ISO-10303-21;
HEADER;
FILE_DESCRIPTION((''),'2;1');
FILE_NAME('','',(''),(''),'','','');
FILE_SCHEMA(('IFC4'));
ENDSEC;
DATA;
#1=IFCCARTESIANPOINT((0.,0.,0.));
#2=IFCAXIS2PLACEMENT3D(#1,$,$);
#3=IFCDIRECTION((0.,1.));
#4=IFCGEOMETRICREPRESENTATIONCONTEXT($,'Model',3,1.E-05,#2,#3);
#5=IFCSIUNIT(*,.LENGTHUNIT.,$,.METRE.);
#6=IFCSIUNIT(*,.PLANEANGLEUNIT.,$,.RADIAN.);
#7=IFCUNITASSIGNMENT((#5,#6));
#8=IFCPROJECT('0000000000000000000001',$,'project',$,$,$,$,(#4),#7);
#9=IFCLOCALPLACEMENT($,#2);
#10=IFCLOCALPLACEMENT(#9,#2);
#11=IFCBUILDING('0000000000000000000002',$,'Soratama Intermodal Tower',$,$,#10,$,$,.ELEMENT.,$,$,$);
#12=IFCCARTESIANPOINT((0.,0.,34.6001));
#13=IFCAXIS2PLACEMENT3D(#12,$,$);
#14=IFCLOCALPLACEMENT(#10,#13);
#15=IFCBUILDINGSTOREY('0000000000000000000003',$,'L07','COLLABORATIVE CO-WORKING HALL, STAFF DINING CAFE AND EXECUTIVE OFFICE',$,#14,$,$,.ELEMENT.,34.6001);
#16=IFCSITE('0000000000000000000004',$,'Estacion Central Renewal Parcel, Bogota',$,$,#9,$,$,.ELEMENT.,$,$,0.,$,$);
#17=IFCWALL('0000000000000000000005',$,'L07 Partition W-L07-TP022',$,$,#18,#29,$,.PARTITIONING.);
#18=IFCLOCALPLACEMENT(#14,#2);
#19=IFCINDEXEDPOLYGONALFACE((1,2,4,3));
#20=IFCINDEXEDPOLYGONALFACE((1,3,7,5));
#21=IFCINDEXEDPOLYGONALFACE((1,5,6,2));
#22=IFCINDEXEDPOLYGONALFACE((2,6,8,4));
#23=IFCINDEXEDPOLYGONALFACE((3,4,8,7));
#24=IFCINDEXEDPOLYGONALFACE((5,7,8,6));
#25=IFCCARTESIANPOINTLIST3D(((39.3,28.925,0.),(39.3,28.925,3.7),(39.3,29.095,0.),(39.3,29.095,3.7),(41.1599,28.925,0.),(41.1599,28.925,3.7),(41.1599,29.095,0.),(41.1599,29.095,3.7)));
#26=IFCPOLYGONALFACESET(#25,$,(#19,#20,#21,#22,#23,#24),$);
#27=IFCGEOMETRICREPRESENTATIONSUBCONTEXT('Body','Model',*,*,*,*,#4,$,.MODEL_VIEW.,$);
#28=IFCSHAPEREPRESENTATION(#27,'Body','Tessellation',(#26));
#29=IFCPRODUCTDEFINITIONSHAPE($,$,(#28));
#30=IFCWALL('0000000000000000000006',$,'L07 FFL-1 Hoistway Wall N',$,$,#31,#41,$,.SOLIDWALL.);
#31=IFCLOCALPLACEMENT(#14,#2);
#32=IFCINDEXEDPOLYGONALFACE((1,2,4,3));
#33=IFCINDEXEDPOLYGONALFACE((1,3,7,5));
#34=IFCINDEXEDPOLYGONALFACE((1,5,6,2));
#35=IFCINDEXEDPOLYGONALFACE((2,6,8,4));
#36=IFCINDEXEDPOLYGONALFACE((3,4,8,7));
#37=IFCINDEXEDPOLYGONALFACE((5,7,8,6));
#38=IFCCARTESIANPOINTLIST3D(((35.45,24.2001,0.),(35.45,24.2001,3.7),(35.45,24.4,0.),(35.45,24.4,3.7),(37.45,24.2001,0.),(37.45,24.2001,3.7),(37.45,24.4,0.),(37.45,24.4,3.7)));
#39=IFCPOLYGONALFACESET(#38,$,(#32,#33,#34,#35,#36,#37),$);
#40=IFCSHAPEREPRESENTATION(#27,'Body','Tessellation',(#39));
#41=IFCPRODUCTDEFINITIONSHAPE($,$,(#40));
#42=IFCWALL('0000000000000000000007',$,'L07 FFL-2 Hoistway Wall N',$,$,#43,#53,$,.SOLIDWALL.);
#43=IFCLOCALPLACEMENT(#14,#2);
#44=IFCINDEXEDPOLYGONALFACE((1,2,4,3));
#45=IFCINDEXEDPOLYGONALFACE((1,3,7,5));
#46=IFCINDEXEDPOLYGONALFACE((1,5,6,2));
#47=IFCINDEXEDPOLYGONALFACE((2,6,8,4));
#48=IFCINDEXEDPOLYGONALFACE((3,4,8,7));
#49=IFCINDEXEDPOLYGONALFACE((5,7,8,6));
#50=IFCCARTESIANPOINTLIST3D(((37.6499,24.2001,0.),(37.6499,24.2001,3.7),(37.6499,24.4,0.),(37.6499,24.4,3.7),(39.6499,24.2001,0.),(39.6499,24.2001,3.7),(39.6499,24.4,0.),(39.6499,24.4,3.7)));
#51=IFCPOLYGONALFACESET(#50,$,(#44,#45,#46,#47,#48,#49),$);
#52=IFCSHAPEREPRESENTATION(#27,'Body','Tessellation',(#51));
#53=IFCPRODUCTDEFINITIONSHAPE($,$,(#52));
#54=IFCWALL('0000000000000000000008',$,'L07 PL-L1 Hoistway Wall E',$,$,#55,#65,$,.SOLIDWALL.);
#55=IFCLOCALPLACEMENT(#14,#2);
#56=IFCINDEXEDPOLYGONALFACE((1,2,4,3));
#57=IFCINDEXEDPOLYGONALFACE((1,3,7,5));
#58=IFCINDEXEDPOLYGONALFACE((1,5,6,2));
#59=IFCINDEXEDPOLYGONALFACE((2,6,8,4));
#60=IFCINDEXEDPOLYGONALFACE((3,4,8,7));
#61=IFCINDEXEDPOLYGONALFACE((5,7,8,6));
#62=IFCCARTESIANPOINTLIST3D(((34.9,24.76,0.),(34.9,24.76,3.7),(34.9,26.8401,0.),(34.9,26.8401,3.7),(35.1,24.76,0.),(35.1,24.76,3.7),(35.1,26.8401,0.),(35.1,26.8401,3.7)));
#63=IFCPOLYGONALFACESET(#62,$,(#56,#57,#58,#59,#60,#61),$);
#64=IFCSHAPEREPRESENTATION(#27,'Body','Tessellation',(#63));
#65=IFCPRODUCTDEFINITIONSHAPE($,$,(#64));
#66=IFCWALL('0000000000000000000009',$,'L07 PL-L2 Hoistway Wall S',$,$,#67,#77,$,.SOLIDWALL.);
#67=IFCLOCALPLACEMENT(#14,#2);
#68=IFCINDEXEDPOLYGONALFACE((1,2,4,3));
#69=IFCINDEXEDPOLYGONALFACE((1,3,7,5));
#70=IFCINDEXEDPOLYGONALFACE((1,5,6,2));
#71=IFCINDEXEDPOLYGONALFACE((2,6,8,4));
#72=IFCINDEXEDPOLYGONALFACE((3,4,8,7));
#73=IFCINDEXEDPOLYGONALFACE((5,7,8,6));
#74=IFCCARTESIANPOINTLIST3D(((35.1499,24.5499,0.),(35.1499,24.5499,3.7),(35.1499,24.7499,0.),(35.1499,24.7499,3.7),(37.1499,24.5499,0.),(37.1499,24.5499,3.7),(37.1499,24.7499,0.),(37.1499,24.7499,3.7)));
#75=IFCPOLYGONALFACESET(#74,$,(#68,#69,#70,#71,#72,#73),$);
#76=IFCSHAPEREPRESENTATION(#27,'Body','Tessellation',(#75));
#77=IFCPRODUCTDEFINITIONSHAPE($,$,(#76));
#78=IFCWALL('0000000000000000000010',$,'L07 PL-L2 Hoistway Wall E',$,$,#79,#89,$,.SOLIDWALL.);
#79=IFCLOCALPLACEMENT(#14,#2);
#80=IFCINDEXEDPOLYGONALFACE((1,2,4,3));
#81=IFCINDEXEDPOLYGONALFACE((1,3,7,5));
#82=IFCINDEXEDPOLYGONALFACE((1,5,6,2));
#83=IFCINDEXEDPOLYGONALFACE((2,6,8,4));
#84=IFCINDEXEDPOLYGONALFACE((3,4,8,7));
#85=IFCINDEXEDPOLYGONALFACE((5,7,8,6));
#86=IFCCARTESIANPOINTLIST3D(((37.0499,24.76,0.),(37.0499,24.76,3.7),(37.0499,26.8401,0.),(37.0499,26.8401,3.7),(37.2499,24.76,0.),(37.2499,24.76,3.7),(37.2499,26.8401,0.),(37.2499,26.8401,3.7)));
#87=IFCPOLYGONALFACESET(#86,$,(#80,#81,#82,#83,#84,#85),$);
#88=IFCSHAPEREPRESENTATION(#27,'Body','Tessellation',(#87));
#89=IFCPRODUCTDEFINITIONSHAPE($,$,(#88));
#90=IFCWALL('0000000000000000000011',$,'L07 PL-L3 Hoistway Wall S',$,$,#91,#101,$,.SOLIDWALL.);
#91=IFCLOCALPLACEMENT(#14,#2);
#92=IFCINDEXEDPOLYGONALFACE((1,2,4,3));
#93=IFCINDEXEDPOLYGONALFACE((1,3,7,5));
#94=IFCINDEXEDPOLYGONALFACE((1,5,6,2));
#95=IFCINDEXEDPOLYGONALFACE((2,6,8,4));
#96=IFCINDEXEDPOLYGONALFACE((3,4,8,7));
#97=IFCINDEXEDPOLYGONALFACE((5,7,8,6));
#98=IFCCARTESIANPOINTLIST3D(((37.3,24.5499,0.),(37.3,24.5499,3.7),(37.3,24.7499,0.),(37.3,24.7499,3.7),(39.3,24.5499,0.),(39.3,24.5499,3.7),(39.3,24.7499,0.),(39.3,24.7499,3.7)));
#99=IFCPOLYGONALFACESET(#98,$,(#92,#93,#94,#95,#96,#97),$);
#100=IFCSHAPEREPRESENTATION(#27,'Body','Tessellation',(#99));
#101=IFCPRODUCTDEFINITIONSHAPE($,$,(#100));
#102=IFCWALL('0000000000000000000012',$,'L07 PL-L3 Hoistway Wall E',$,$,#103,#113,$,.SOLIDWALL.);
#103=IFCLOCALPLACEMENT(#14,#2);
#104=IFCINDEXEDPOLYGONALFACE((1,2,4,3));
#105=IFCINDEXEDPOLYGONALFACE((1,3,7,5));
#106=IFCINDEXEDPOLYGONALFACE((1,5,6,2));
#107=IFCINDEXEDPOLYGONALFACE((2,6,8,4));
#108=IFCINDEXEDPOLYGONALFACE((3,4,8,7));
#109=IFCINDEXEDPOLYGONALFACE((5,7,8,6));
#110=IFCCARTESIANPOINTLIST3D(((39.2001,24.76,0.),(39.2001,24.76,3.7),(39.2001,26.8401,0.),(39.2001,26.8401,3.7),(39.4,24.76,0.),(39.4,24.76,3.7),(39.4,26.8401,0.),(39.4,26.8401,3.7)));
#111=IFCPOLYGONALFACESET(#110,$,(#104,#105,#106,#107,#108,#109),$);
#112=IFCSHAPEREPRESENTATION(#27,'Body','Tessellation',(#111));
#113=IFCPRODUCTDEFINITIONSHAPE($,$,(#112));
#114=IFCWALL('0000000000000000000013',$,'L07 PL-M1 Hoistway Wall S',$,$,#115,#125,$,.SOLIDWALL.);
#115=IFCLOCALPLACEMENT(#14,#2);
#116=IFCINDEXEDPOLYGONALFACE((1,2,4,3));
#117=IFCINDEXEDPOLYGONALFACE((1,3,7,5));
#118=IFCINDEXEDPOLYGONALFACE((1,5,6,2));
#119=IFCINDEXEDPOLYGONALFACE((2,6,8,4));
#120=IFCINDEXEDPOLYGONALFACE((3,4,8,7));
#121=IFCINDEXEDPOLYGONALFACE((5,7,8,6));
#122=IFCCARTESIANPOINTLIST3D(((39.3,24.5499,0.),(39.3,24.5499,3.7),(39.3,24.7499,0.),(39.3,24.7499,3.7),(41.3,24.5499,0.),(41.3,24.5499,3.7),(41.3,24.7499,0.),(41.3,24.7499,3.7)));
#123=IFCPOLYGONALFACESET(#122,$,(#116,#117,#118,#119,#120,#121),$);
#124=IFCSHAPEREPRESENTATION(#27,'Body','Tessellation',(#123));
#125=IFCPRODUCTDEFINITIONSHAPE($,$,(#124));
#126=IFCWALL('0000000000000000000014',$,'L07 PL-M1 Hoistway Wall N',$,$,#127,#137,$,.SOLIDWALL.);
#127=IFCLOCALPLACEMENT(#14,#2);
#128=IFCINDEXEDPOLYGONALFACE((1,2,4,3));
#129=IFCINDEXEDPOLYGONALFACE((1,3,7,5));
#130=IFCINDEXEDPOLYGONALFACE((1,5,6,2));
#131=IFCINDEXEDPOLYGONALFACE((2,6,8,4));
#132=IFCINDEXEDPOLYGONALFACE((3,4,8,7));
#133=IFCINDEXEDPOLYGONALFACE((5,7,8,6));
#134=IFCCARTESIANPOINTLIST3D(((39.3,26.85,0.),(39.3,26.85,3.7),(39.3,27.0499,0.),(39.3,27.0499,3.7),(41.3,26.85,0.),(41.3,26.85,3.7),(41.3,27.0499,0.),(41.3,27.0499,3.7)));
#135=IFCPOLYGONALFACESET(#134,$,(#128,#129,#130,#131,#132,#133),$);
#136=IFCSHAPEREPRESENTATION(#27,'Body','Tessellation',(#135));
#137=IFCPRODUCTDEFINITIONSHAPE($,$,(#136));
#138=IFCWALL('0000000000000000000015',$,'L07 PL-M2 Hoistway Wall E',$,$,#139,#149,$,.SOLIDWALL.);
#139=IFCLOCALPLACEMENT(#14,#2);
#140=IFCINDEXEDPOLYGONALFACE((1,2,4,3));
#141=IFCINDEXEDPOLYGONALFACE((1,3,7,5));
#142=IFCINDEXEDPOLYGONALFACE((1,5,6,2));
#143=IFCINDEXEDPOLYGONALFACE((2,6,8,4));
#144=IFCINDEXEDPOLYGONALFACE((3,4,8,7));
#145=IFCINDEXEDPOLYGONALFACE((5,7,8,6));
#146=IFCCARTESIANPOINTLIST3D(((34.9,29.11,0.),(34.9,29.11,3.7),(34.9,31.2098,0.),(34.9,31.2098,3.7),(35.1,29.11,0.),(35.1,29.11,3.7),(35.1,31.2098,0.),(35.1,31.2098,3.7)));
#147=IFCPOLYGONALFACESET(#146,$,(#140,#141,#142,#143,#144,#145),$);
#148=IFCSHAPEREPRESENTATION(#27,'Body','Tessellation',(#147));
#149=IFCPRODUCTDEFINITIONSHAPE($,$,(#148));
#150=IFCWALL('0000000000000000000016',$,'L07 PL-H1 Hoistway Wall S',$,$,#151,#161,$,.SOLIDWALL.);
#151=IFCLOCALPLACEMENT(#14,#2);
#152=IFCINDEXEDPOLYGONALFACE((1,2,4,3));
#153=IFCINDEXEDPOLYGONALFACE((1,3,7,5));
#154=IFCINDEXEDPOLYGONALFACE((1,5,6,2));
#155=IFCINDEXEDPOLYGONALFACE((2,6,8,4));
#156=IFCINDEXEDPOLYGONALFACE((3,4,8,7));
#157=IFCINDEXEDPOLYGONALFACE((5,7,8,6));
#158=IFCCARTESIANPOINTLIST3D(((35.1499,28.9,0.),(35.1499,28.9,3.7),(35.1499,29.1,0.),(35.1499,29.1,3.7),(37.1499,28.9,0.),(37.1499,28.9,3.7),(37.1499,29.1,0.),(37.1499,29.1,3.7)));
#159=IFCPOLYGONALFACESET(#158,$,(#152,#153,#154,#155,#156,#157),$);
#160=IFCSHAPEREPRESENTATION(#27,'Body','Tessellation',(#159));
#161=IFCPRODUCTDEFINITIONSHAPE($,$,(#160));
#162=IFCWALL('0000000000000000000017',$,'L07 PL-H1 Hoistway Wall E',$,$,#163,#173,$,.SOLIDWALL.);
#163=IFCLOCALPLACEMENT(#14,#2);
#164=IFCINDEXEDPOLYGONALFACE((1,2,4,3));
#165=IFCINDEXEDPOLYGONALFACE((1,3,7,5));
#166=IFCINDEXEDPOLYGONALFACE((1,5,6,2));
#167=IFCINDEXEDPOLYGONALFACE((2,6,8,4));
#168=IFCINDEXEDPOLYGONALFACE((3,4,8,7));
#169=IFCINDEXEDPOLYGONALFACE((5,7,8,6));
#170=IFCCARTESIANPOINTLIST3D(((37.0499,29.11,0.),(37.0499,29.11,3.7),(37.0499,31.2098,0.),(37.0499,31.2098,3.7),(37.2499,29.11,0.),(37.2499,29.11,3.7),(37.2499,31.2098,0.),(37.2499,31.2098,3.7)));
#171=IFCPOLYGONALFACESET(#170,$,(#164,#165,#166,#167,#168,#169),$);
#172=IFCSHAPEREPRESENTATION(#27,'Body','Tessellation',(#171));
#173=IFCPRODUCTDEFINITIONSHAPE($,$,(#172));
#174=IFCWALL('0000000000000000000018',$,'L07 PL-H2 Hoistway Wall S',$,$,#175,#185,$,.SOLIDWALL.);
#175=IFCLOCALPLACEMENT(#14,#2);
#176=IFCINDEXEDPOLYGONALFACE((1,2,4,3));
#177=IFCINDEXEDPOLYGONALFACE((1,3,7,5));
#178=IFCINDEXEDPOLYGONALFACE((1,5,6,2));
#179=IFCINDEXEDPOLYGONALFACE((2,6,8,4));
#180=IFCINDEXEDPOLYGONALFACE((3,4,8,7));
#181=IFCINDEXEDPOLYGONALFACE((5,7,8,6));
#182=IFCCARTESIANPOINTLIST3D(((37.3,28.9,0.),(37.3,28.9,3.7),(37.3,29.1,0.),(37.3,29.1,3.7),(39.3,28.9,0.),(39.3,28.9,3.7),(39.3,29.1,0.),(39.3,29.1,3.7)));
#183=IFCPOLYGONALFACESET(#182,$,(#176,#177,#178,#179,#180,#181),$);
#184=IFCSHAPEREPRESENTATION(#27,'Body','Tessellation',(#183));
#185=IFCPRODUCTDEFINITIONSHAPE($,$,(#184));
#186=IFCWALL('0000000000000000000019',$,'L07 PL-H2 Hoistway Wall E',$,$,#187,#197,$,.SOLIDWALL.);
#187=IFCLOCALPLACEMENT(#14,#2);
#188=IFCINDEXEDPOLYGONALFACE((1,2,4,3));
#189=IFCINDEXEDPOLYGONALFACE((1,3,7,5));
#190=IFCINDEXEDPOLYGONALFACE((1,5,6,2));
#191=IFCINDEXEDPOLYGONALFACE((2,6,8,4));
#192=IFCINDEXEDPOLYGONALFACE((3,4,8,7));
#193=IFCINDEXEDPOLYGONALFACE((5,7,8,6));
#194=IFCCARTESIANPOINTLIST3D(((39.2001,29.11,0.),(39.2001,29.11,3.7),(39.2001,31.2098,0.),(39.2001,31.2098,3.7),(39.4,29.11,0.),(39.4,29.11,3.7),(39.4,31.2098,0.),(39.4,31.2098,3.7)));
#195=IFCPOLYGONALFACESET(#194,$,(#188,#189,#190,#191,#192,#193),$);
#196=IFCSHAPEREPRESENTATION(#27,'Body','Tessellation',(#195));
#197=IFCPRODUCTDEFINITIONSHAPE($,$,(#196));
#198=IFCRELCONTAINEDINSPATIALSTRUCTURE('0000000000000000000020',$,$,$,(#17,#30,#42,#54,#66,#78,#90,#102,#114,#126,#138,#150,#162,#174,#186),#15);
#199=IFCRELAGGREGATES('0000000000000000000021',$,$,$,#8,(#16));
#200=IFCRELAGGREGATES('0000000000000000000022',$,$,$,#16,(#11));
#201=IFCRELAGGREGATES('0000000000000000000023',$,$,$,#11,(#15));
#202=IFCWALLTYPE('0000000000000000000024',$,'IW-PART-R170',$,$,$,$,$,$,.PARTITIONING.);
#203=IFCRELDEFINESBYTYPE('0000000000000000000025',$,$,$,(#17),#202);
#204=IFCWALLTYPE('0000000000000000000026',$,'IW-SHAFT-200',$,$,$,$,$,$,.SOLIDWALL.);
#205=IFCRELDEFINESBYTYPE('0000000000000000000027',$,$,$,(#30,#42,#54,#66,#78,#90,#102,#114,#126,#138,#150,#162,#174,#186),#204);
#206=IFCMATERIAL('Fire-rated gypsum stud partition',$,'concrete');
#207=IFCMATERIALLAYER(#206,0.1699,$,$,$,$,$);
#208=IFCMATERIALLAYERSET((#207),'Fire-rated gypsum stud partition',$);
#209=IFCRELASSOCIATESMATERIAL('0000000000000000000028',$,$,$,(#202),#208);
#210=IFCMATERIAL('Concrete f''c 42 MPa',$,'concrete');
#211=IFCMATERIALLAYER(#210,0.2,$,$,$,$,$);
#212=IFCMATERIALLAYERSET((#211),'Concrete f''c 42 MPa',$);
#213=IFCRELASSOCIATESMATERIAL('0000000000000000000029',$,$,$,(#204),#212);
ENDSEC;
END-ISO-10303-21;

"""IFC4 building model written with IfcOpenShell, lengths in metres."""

from ifc_helpers import new_model, si_unit, direction, frame, frame_2d, origin, place, context, subcontext, project, spatial, rectangle, extrude, material, layer, layer_set, type_object, element, save


model = new_model("IFC4")

# Units and contexts
model_context = context("Model", 3, precision=1e-05, world=origin(), true_north=direction((0.0, 1.0)))
body_context = subcontext(model_context, "Body", "Model", "MODEL_VIEW")
ifc_project = project(units=[si_unit("LENGTHUNIT", "METRE"), si_unit("PLANEANGLEUNIT", "RADIAN")], contexts=[model_context])

# Site, building, storey
site_placement = place(None, origin())
site = spatial("IfcSite", under=ifc_project, at=site_placement, Name="Estacion Central Renewal Parcel, Bogota", CompositionType="ELEMENT", RefElevation=0.0)
building_placement = place(site_placement, origin())
building = spatial("IfcBuilding", under=site, at=building_placement, Name="Soratama Intermodal Tower", CompositionType="ELEMENT")
storey_placement = place(building_placement, frame((0.0, 0.0, 34.6001)))
storey = spatial("IfcBuildingStorey", under=building, at=storey_placement, Name="L07", Description="COLLABORATIVE CO-WORKING HALL, STAFF DINING CAFE AND EXECUTIVE OFFICE", CompositionType="ELEMENT", Elevation=34.6001)

# Walls
ifc_material_1 = material(Name="Fire-rated gypsum stud partition", Category="concrete")
ifc_layer_1 = layer(ifc_material_1, 0.1699)
ifc_layer_set_1 = layer_set([ifc_layer_1], Name="Fire-rated gypsum stud partition")
wall_type_1 = type_object("IfcWallType", Name="IW-PART-R170", PredefinedType="PARTITIONING", material=ifc_layer_set_1)
wall_1_placement = place(storey_placement, frame((39.3, 29.01, 0.0), z_axis=(0.0, 0.0, 1.0), x_axis=(1.0, 0.0, 0.0)))
element("IfcWall", 1, at=wall_1_placement, inside=storey, type_object=wall_type_1, Name="L07 Partition W-L07-TP022", PredefinedType="PARTITIONING", context=body_context, shape_type="SweptSolid", body=[
    extrude(rectangle(XDim=1.8599, YDim=0.1699, at=frame_2d((0.9299, 0.0))), origin(), (0.0, 0.0, 1.0), 3.7),
])
ifc_material_2 = material(Name="Concrete f'c 42 MPa", Category="concrete")
ifc_layer_2 = layer(ifc_material_2, 0.2)
ifc_layer_set_2 = layer_set([ifc_layer_2], Name="Concrete f'c 42 MPa")
wall_type_2 = type_object("IfcWallType", Name="IW-SHAFT-200", PredefinedType="SOLIDWALL", material=ifc_layer_set_2)
for number, where, z_axis, x_axis, name in (
    (2, (35.45, 24.3, 0.0), (0.0, 0.0, 1.0), (1.0, 0.0, 0.0), "L07 FFL-1 Hoistway Wall N"),
    (3, (37.6499, 24.3, 0.0), (0.0, 0.0, 1.0), (1.0, 0.0, 0.0), "L07 FFL-2 Hoistway Wall N"),
):
    element("IfcWall", number, at=place(storey_placement, frame(where, z_axis=z_axis, x_axis=x_axis)), inside=storey, type_object=wall_type_2, Name=name, PredefinedType="SOLIDWALL", context=body_context, shape_type="SweptSolid", body=[
        extrude(rectangle(XDim=2.0, YDim=0.2, at=frame_2d((1.0, 0.0))), origin(), (0.0, 0.0, 1.0), 3.7),
    ])
wall_2_placement = place(storey_placement, frame((35.0, 24.76, 0.0), z_axis=(0.0, 0.0, 1.0), x_axis=(0.0, 1.0, 0.0)))
element("IfcWall", 4, at=wall_2_placement, inside=storey, type_object=wall_type_2, Name="L07 PL-L1 Hoistway Wall E", PredefinedType="SOLIDWALL", context=body_context, shape_type="SweptSolid", body=[
    extrude(rectangle(XDim=2.0801, YDim=0.2, at=frame_2d((1.04, 0.0))), origin(), (0.0, 0.0, 1.0), 3.7),
])
wall_3_placement = place(storey_placement, frame((35.1499, 24.6499, 0.0), z_axis=(0.0, 0.0, 1.0), x_axis=(1.0, 0.0, 0.0)))
element("IfcWall", 5, at=wall_3_placement, inside=storey, type_object=wall_type_2, Name="L07 PL-L2 Hoistway Wall S", PredefinedType="SOLIDWALL", context=body_context, shape_type="SweptSolid", body=[
    extrude(rectangle(XDim=2.0, YDim=0.2, at=frame_2d((1.0, 0.0))), origin(), (0.0, 0.0, 1.0), 3.7),
])

# Walls
wall_4_placement = place(storey_placement, frame((37.1499, 24.76, 0.0), z_axis=(0.0, 0.0, 1.0), x_axis=(0.0, 1.0, 0.0)))
element("IfcWall", 6, at=wall_4_placement, inside=storey, type_object=wall_type_2, Name="L07 PL-L2 Hoistway Wall E", PredefinedType="SOLIDWALL", context=body_context, shape_type="SweptSolid", body=[
    extrude(rectangle(XDim=2.0801, YDim=0.2, at=frame_2d((1.04, 0.0))), origin(), (0.0, 0.0, 1.0), 3.7),
])
wall_5_placement = place(storey_placement, frame((37.3, 24.6499, 0.0), z_axis=(0.0, 0.0, 1.0), x_axis=(1.0, 0.0, 0.0)))
element("IfcWall", 7, at=wall_5_placement, inside=storey, type_object=wall_type_2, Name="L07 PL-L3 Hoistway Wall S", PredefinedType="SOLIDWALL", context=body_context, shape_type="SweptSolid", body=[
    extrude(rectangle(XDim=2.0, YDim=0.2, at=frame_2d((1.0, 0.0))), origin(), (0.0, 0.0, 1.0), 3.7),
])

# Walls
wall_6_placement = place(storey_placement, frame((39.3, 24.76, 0.0), z_axis=(0.0, 0.0, 1.0), x_axis=(0.0, 1.0, 0.0)))
element("IfcWall", 8, at=wall_6_placement, inside=storey, type_object=wall_type_2, Name="L07 PL-L3 Hoistway Wall E", PredefinedType="SOLIDWALL", context=body_context, shape_type="SweptSolid", body=[
    extrude(rectangle(XDim=2.0801, YDim=0.2, at=frame_2d((1.04, 0.0))), origin(), (0.0, 0.0, 1.0), 3.7),
])
for number, where, z_axis, x_axis, name in (
    (9, (39.3, 24.6499, 0.0), (0.0, 0.0, 1.0), (1.0, 0.0, 0.0), "L07 PL-M1 Hoistway Wall S"),
    (10, (39.3, 26.95, 0.0), (0.0, 0.0, 1.0), (1.0, 0.0, 0.0), "L07 PL-M1 Hoistway Wall N"),
):
    element("IfcWall", number, at=place(storey_placement, frame(where, z_axis=z_axis, x_axis=x_axis)), inside=storey, type_object=wall_type_2, Name=name, PredefinedType="SOLIDWALL", context=body_context, shape_type="SweptSolid", body=[
        extrude(rectangle(XDim=2.0, YDim=0.2, at=frame_2d((1.0, 0.0))), origin(), (0.0, 0.0, 1.0), 3.7),
    ])
wall_7_placement = place(storey_placement, frame((35.0, 29.1101, 0.0), z_axis=(0.0, 0.0, 1.0), x_axis=(0.0, 1.0, 0.0)))
element("IfcWall", 11, at=wall_7_placement, inside=storey, type_object=wall_type_2, Name="L07 PL-M2 Hoistway Wall E", PredefinedType="SOLIDWALL", context=body_context, shape_type="SweptSolid", body=[
    extrude(rectangle(XDim=2.0999, YDim=0.2, at=frame_2d((1.0498, 0.0))), origin(), (0.0, 0.0, 1.0), 3.7),
])
wall_8_placement = place(storey_placement, frame((35.1499, 29.0, 0.0), z_axis=(0.0, 0.0, 1.0), x_axis=(1.0, 0.0, 0.0)))
element("IfcWall", 12, at=wall_8_placement, inside=storey, type_object=wall_type_2, Name="L07 PL-H1 Hoistway Wall S", PredefinedType="SOLIDWALL", context=body_context, shape_type="SweptSolid", body=[
    extrude(rectangle(XDim=2.0, YDim=0.2, at=frame_2d((1.0, 0.0))), origin(), (0.0, 0.0, 1.0), 3.7),
])
wall_9_placement = place(storey_placement, frame((37.1499, 29.1101, 0.0), z_axis=(0.0, 0.0, 1.0), x_axis=(0.0, 1.0, 0.0)))
element("IfcWall", 13, at=wall_9_placement, inside=storey, type_object=wall_type_2, Name="L07 PL-H1 Hoistway Wall E", PredefinedType="SOLIDWALL", context=body_context, shape_type="SweptSolid", body=[
    extrude(rectangle(XDim=2.0999, YDim=0.2, at=frame_2d((1.0498, 0.0))), origin(), (0.0, 0.0, 1.0), 3.7),
])
wall_10_placement = place(storey_placement, frame((37.3, 29.0, 0.0), z_axis=(0.0, 0.0, 1.0), x_axis=(1.0, 0.0, 0.0)))
element("IfcWall", 14, at=wall_10_placement, inside=storey, type_object=wall_type_2, Name="L07 PL-H2 Hoistway Wall S", PredefinedType="SOLIDWALL", context=body_context, shape_type="SweptSolid", body=[
    extrude(rectangle(XDim=2.0, YDim=0.2, at=frame_2d((1.0, 0.0))), origin(), (0.0, 0.0, 1.0), 3.7),
])
wall_11_placement = place(storey_placement, frame((39.3, 29.1101, 0.0), z_axis=(0.0, 0.0, 1.0), x_axis=(0.0, 1.0, 0.0)))
element("IfcWall", 15, at=wall_11_placement, inside=storey, type_object=wall_type_2, Name="L07 PL-H2 Hoistway Wall E", PredefinedType="SOLIDWALL", context=body_context, shape_type="SweptSolid", body=[
    extrude(rectangle(XDim=2.0999, YDim=0.2, at=frame_2d((1.0498, 0.0))), origin(), (0.0, 0.0, 1.0), 3.7),
])

save(model, "model.ifc")
